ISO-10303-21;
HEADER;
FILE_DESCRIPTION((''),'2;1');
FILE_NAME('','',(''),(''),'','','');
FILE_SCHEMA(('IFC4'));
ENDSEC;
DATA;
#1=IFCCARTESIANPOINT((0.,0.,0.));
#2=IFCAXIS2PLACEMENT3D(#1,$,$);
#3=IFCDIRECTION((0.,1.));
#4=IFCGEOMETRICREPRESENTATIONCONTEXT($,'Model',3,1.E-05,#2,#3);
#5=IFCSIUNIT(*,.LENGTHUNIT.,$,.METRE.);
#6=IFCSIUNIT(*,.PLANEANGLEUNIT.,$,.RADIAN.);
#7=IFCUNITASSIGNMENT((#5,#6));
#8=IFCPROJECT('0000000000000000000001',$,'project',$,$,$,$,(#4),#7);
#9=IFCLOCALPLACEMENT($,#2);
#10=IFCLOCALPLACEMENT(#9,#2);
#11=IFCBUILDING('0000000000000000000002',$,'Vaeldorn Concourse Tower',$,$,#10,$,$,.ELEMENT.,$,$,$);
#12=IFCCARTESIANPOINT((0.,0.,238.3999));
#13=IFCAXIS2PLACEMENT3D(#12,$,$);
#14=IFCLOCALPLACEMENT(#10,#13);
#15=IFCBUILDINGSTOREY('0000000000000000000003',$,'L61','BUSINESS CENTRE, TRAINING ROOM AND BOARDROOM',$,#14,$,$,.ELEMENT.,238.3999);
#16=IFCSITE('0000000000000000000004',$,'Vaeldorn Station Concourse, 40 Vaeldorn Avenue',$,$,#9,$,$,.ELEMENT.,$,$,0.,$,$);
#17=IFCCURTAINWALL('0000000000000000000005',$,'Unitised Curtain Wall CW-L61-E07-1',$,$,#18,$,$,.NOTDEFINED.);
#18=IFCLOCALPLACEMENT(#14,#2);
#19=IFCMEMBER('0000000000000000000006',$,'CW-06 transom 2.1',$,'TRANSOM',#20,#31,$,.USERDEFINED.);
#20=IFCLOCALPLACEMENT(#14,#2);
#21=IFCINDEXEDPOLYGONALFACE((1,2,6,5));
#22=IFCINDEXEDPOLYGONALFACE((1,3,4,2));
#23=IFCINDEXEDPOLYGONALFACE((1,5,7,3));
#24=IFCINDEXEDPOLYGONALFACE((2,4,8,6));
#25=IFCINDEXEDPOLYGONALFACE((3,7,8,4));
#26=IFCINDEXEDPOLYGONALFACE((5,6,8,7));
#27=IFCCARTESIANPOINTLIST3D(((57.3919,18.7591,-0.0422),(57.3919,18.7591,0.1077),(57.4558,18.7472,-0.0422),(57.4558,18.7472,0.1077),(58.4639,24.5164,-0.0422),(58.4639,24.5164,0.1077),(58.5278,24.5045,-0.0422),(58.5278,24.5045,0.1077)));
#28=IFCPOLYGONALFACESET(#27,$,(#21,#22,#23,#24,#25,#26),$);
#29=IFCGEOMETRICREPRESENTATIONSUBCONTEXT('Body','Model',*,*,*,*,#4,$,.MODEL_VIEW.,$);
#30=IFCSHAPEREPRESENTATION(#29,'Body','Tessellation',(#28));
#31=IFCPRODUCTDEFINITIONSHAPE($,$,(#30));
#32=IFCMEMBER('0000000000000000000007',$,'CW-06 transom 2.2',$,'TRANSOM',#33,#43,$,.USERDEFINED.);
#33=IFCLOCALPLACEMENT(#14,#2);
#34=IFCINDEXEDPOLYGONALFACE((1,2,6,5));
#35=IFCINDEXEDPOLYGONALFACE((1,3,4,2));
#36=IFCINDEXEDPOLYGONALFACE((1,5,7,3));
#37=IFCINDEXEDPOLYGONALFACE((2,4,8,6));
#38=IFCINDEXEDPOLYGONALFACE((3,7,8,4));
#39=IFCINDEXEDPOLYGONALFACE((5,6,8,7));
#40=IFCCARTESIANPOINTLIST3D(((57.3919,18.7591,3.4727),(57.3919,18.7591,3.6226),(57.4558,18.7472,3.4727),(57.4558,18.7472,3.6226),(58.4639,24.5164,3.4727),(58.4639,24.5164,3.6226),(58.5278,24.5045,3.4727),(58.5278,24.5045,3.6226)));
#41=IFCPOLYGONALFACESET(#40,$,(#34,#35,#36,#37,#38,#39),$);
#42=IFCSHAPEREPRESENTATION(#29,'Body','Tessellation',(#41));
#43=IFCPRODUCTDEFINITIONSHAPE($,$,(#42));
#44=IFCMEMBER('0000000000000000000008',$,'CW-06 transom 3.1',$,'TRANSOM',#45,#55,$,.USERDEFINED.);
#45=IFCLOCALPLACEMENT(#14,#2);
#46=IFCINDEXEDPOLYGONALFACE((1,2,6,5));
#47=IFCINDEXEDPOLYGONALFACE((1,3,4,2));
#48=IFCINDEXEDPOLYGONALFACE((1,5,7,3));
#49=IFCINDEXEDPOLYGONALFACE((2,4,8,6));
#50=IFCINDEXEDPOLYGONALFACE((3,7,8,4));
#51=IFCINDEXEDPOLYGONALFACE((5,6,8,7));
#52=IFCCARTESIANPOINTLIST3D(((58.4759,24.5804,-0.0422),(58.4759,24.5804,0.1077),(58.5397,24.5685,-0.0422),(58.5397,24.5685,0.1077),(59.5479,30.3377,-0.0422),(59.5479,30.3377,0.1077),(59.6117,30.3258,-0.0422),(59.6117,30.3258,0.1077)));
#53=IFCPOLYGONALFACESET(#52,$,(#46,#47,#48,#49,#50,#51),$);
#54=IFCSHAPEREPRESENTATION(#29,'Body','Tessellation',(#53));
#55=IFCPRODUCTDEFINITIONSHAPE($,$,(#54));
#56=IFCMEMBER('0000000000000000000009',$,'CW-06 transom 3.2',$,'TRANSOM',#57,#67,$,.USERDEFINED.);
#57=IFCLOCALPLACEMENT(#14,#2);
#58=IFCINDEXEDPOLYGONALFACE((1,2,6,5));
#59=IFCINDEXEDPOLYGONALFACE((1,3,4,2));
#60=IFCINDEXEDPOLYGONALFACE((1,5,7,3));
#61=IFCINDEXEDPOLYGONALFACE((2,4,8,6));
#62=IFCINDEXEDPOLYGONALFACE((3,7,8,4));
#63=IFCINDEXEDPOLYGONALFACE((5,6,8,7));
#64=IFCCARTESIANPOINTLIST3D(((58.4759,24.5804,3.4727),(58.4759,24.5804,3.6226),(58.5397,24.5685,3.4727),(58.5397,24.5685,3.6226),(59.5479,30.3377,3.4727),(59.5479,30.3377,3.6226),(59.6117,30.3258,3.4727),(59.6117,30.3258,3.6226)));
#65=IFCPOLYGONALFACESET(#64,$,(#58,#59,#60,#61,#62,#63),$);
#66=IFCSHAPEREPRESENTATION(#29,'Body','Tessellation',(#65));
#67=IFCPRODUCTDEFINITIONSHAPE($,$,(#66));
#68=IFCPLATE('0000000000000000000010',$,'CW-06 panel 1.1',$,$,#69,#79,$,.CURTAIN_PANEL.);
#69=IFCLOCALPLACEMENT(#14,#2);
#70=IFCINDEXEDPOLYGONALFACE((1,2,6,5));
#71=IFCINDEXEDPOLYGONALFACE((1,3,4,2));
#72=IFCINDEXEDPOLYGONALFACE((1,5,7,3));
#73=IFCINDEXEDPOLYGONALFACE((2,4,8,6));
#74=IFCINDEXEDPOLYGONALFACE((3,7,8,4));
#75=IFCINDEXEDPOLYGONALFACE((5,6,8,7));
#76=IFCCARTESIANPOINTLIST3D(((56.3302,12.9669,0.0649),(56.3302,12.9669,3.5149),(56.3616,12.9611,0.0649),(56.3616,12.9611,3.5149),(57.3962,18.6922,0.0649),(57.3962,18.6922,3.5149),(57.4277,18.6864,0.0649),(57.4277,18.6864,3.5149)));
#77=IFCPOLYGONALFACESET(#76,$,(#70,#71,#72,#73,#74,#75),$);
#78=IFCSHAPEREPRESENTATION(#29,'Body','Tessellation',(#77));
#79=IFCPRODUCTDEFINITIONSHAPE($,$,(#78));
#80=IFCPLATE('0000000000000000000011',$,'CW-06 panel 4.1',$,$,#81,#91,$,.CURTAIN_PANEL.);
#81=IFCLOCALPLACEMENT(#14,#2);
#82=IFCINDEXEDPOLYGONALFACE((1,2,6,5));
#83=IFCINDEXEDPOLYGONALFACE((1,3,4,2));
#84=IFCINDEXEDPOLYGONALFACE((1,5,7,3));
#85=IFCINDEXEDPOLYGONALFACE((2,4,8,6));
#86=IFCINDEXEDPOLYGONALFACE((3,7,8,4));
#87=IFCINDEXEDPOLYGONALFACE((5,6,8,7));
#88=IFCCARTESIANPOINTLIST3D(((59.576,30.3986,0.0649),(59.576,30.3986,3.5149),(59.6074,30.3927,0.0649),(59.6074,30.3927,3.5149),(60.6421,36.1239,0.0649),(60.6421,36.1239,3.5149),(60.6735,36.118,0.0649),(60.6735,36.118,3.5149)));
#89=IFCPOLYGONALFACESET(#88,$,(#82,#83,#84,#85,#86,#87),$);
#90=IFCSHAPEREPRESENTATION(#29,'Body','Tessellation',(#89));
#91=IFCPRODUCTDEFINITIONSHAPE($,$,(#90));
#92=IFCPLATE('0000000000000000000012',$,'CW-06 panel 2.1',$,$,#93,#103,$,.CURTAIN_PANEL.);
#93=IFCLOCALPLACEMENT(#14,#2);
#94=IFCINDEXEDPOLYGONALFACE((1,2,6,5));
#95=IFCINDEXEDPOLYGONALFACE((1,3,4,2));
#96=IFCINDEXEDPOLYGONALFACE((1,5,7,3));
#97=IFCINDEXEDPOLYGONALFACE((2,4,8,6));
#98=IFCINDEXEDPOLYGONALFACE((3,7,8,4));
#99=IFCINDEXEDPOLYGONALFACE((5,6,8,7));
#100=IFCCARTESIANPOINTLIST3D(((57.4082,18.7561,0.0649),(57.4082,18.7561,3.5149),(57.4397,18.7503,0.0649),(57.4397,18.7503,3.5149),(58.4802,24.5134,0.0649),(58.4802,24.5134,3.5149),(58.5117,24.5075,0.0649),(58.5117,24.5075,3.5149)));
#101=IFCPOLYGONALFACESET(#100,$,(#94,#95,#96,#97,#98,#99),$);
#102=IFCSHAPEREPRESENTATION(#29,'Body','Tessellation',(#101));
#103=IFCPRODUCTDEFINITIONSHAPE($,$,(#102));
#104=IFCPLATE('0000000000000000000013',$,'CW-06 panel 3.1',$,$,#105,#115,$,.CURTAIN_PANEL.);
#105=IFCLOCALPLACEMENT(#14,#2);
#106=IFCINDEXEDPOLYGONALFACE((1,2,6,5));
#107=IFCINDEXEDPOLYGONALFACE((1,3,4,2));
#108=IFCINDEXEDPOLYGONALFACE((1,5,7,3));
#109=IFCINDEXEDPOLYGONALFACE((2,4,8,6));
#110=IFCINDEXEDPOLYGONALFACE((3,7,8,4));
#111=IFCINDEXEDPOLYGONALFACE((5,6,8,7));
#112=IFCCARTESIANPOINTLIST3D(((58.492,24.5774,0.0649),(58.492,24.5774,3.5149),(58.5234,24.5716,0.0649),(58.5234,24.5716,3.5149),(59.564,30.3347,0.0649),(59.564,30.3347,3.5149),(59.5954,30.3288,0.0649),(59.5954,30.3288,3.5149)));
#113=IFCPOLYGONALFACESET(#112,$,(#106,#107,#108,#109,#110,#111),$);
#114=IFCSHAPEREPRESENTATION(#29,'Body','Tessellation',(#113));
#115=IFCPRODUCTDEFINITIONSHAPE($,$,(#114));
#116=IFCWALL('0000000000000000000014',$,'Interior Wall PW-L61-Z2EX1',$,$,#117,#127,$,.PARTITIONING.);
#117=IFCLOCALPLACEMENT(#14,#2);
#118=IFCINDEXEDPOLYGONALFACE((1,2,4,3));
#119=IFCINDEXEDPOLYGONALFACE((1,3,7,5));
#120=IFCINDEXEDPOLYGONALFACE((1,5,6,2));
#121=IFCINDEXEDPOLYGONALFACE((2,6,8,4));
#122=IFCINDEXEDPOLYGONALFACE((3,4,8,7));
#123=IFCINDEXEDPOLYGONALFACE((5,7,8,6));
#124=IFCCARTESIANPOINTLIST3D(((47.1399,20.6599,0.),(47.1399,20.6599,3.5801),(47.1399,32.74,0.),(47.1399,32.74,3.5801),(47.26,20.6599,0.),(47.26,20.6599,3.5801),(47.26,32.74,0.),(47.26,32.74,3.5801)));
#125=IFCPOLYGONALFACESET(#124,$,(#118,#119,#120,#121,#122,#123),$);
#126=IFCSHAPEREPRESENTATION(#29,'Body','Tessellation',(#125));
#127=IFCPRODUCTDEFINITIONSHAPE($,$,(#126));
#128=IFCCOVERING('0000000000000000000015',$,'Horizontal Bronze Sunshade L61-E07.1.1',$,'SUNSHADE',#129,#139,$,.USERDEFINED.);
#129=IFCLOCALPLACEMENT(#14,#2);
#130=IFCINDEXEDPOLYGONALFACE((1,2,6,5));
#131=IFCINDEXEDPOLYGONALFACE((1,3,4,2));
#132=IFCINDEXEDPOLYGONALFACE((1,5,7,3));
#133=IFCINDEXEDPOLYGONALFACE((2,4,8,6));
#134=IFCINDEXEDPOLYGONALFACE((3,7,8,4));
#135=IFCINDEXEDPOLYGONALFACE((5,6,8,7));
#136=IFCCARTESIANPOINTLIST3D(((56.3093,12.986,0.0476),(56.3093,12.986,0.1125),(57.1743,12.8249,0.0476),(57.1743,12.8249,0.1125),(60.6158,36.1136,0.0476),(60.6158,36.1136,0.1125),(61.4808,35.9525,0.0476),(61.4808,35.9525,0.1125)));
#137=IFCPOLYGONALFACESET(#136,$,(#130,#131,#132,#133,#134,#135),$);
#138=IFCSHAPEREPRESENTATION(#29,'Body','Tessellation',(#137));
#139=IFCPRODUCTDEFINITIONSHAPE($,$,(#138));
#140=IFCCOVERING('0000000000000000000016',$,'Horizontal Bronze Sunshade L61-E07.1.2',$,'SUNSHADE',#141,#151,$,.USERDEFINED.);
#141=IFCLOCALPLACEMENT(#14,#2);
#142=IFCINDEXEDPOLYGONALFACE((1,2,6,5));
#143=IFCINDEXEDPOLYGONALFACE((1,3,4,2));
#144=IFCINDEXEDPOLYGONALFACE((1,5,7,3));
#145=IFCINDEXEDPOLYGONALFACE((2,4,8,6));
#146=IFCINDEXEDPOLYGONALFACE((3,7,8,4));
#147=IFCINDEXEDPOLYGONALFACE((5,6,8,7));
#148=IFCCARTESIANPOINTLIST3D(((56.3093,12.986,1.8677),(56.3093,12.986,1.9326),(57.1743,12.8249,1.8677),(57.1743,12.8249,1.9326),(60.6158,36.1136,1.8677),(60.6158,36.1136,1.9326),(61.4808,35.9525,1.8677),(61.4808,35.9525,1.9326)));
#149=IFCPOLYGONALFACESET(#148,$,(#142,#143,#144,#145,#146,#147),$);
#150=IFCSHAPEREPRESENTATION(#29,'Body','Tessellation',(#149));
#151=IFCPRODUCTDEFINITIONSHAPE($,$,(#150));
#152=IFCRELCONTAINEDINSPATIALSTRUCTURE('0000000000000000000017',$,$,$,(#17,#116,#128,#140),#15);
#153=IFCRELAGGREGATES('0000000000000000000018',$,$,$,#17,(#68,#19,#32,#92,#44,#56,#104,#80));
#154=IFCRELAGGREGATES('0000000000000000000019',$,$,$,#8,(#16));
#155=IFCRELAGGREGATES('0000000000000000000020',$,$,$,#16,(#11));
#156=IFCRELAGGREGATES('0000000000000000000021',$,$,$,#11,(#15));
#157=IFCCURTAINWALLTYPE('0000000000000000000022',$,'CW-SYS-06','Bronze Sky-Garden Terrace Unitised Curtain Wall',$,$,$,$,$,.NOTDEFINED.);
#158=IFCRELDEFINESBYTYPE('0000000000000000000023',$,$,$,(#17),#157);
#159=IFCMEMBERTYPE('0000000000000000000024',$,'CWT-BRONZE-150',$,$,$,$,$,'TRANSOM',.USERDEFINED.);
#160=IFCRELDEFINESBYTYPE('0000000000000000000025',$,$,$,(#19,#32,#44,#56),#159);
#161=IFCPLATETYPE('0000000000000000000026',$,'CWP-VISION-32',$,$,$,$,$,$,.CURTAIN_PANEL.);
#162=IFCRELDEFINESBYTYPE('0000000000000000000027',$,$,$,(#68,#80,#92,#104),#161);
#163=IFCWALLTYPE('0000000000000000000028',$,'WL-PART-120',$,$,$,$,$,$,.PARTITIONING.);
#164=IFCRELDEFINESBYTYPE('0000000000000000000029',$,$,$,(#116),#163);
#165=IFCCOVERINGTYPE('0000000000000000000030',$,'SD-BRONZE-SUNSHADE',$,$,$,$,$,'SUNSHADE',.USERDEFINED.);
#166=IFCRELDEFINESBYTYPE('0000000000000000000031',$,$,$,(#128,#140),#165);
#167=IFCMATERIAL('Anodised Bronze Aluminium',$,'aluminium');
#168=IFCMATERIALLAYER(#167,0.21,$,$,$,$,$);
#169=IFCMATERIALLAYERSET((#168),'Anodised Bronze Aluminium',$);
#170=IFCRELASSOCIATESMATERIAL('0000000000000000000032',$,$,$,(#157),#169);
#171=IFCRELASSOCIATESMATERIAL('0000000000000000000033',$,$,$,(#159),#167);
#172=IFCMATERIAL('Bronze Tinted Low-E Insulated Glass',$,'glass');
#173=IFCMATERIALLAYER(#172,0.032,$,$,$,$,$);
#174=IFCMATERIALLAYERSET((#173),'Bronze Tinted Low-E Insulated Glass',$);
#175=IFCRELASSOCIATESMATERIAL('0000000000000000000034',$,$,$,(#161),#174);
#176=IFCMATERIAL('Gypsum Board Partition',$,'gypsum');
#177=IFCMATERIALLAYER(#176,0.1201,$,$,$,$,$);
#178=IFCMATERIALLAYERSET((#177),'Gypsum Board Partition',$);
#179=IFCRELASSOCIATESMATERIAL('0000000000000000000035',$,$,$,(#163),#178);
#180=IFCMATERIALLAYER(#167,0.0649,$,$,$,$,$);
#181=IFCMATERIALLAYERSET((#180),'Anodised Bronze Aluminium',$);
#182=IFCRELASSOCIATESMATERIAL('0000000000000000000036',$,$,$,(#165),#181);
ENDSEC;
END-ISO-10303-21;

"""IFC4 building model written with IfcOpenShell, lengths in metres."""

from ifc_helpers import new_model, si_unit, direction, frame, frame_2d, origin, origin_2d, place, context, subcontext, project, spatial, rectangle, extrude, source, transform, mapped, material, layer, layer_set, material_profile, profile_set, type_object, element, aggregate, save


model = new_model("IFC4")

# Units and contexts
model_context = context("Model", 3, precision=1e-05, world=origin(), true_north=direction((0.0, 1.0)))
body_context = subcontext(model_context, "Body", "Model", "MODEL_VIEW")
ifc_project = project(units=[si_unit("LENGTHUNIT", "METRE"), si_unit("PLANEANGLEUNIT", "RADIAN")], contexts=[model_context])

# Site, building, storey
site_placement = place(None, origin())
site = spatial("IfcSite", under=ifc_project, at=site_placement, Name="Vaeldorn Station Concourse, 40 Vaeldorn Avenue", CompositionType="ELEMENT", RefElevation=0.0)
building_placement = place(site_placement, origin())
building = spatial("IfcBuilding", under=site, at=building_placement, Name="Vaeldorn Concourse Tower", CompositionType="ELEMENT")
storey_placement = place(building_placement, frame((0.0, 0.0, 238.3999)))
storey = spatial("IfcBuildingStorey", under=building, at=storey_placement, Name="L61", Description="BUSINESS CENTRE, TRAINING ROOM AND BOARDROOM", CompositionType="ELEMENT", Elevation=238.3999)

# Curtain wall, members, plates
ifc_material_1 = material(Name="Anodised Bronze Aluminium", Category="aluminium")
ifc_layer_1 = layer(ifc_material_1, 0.21)
ifc_layer_set_1 = layer_set([ifc_layer_1], Name="Anodised Bronze Aluminium")
curtain_wall_type = type_object("IfcCurtainWallType", Name="CW-SYS-06", Description="Bronze Sky-Garden Terrace Unitised Curtain Wall", PredefinedType="NOTDEFINED", material=ifc_layer_set_1)
curtain_wall_placement = place(storey_placement, origin())
curtain_wall = element("IfcCurtainWall", 1, at=curtain_wall_placement, inside=storey, type_object=curtain_wall_type, Name="Unitised Curtain Wall CW-L61-E07-1", PredefinedType="NOTDEFINED")
ifc_material_profile_1 = material_profile(ifc_material_1, rectangle(XDim=0.0649, YDim=0.1499, at=origin_2d()), Name="CWT 65x150")
ifc_profile_set_1 = profile_set([ifc_material_profile_1], Name="Anodised Bronze Aluminium")
member_type_1 = type_object("IfcMemberType", Name="CWT-BRONZE-150", ElementType="TRANSOM", PredefinedType="USERDEFINED", material=ifc_profile_set_1)
shared_shape_1 = source(origin(), body_context, "Body", "SweptSolid", [
    extrude(rectangle(XDim=0.0649, YDim=0.1499, at=origin_2d()), origin(), (0.0, 0.0, 1.0), 5.8562),
])
member_1_placement = place(storey_placement, frame((57.4238, 18.7532, 0.0327), z_axis=(0.183055, 0.983103, 0.0), x_axis=(-0.983103, 0.183055, 0.0)))
member_1 = element("IfcMember", 2, at=member_1_placement, type_object=member_type_1, Name="CW-06 transom 2.1", ObjectType="TRANSOM", PredefinedType="USERDEFINED", context=body_context, shape_type="MappedRepresentation", body=[
    mapped(shared_shape_1, transform((0.0, 0.0, 0.0), scale=1.0)),
])
member_2_placement = place(storey_placement, frame((57.4238, 18.7532, 3.5476), z_axis=(0.183055, 0.983103, 0.0), x_axis=(-0.983103, 0.183055, 0.0)))
member_2 = element("IfcMember", 3, at=member_2_placement, type_object=member_type_1, Name="CW-06 transom 2.2", ObjectType="TRANSOM", PredefinedType="USERDEFINED", context=body_context, shape_type="MappedRepresentation", body=[
    mapped(shared_shape_1, transform((0.0, 0.0, 0.0), scale=1.0)),
])
member_3_placement = place(storey_placement, frame((58.5078, 24.5745, 0.0327), z_axis=(0.183055, 0.983103, 0.0), x_axis=(-0.983103, 0.183055, 0.0)))
member_3 = element("IfcMember", 4, at=member_3_placement, type_object=member_type_1, Name="CW-06 transom 3.1", ObjectType="TRANSOM", PredefinedType="USERDEFINED", context=body_context, shape_type="MappedRepresentation", body=[
    mapped(shared_shape_1, transform((0.0, 0.0, 0.0), scale=1.0)),
])
member_4_placement = place(storey_placement, frame((58.5078, 24.5745, 3.5476), z_axis=(0.183055, 0.983103, 0.0), x_axis=(-0.983103, 0.183055, 0.0)))
member_4 = element("IfcMember", 5, at=member_4_placement, type_object=member_type_1, Name="CW-06 transom 3.2", ObjectType="TRANSOM", PredefinedType="USERDEFINED", context=body_context, shape_type="MappedRepresentation", body=[
    mapped(shared_shape_1, transform((0.0, 0.0, 0.0), scale=1.0)),
])
ifc_material_2 = material(Name="Bronze Tinted Low-E Insulated Glass", Category="glass")
ifc_layer_2 = layer(ifc_material_2, 0.032)
ifc_layer_set_2 = layer_set([ifc_layer_2], Name="Bronze Tinted Low-E Insulated Glass")
plate_type = type_object("IfcPlateType", Name="CWP-VISION-32", PredefinedType="CURTAIN_PANEL", material=ifc_layer_set_2)
shared_shape_2 = source(origin(), body_context, "Body", "SweptSolid", [
    extrude(rectangle(XDim=5.8237, YDim=0.032, at=origin_2d()), origin(), (0.0, 0.0, 1.0), 3.45),
])
plate_1_placement = place(storey_placement, frame((56.8789, 15.8267, 0.0649), z_axis=(0.0, 0.0, 1.0), x_axis=(0.183055, 0.983103, 0.0)))
plate_1 = element("IfcPlate", 6, at=plate_1_placement, type_object=plate_type, Name="CW-06 panel 1.1", PredefinedType="CURTAIN_PANEL", context=body_context, shape_type="MappedRepresentation", body=[
    mapped(shared_shape_2, transform((0.0, 0.0, 0.0), scale=1.0)),
])
plate_2_placement = place(storey_placement, frame((60.1248, 33.2583, 0.0649), z_axis=(0.0, 0.0, 1.0), x_axis=(0.183055, 0.983103, 0.0)))
plate_2 = element("IfcPlate", 7, at=plate_2_placement, type_object=plate_type, Name="CW-06 panel 4.1", PredefinedType="CURTAIN_PANEL", context=body_context, shape_type="MappedRepresentation", body=[
    mapped(shared_shape_2, transform((0.0, 0.0, 0.0), scale=1.0)),
])
shared_shape_3 = source(origin(), body_context, "Body", "SweptSolid", [
    extrude(rectangle(XDim=5.8562, YDim=0.032, at=origin_2d()), origin(), (0.0, 0.0, 1.0), 3.45),
])
plate_3_placement = place(storey_placement, frame((57.96, 21.6318, 0.0649), z_axis=(0.0, 0.0, 1.0), x_axis=(0.183055, 0.983103, 0.0)))
plate_3 = element("IfcPlate", 8, at=plate_3_placement, type_object=plate_type, Name="CW-06 panel 2.1", PredefinedType="CURTAIN_PANEL", context=body_context, shape_type="MappedRepresentation", body=[
    mapped(shared_shape_3, transform((0.0, 0.0, 0.0), scale=1.0)),
])
plate_4_placement = place(storey_placement, frame((59.0437, 27.4531, 0.0649), z_axis=(0.0, 0.0, 1.0), x_axis=(0.183055, 0.983103, 0.0)))
plate_4 = element("IfcPlate", 9, at=plate_4_placement, type_object=plate_type, Name="CW-06 panel 3.1", PredefinedType="CURTAIN_PANEL", context=body_context, shape_type="MappedRepresentation", body=[
    mapped(shared_shape_3, transform((0.0, 0.0, 0.0), scale=1.0)),
])
aggregate(curtain_wall, [plate_1, member_1, member_2, plate_3, member_3, member_4, plate_4, plate_2])

# Wall
ifc_material_3 = material(Name="Gypsum Board Partition", Category="gypsum")
ifc_layer_3 = layer(ifc_material_3, 0.1201)
ifc_layer_set_3 = layer_set([ifc_layer_3], Name="Gypsum Board Partition")
wall_type = type_object("IfcWallType", Name="WL-PART-120", PredefinedType="PARTITIONING", material=ifc_layer_set_3)
wall_placement = place(storey_placement, frame((47.2, 20.6599, 0.0), z_axis=(0.0, 0.0, 1.0), x_axis=(0.0, 1.0, 0.0)))
element("IfcWall", 10, at=wall_placement, inside=storey, type_object=wall_type, Name="Interior Wall PW-L61-Z2EX1", PredefinedType="PARTITIONING", context=body_context, shape_type="SweptSolid", body=[
    extrude(rectangle(XDim=12.0801, YDim=0.1201, at=frame_2d((6.04, 0.0))), origin(), (0.0, 0.0, 1.0), 3.5801),
])

# Coverings
ifc_layer_4 = layer(ifc_material_1, 0.0649)
ifc_layer_set_4 = layer_set([ifc_layer_4], Name="Anodised Bronze Aluminium")
covering_type = type_object("IfcCoveringType", Name="SD-BRONZE-SUNSHADE", ElementType="SUNSHADE", PredefinedType="USERDEFINED", material=ifc_layer_set_4)
shared_shape_4 = source(origin(), body_context, "Body", "SweptSolid", [
    extrude(rectangle(XDim=23.5251, YDim=0.8799, at=origin_2d()), origin(), (0.0, 0.0, 1.0), 0.0649),
])
for number, where, z_axis, x_axis, name in (
    (11, (58.895, 24.4692, 0.0476), (0.0, 0.0, 1.0), (0.183059, 0.983102, 0.0), "Horizontal Bronze Sunshade L61-E07.1.1"),
    (12, (58.895, 24.4692, 1.8677), (0.0, 0.0, 1.0), (0.183059, 0.983102, 0.0), "Horizontal Bronze Sunshade L61-E07.1.2"),
):
    element("IfcCovering", number, at=place(storey_placement, frame(where, z_axis=z_axis, x_axis=x_axis)), inside=storey, type_object=covering_type, Name=name, ObjectType="SUNSHADE", PredefinedType="USERDEFINED", context=body_context, shape_type="MappedRepresentation", body=[
        mapped(shared_shape_4, transform((0.0, 0.0, 0.0), scale=1.0)),
    ])

save(model, "model.ifc")
